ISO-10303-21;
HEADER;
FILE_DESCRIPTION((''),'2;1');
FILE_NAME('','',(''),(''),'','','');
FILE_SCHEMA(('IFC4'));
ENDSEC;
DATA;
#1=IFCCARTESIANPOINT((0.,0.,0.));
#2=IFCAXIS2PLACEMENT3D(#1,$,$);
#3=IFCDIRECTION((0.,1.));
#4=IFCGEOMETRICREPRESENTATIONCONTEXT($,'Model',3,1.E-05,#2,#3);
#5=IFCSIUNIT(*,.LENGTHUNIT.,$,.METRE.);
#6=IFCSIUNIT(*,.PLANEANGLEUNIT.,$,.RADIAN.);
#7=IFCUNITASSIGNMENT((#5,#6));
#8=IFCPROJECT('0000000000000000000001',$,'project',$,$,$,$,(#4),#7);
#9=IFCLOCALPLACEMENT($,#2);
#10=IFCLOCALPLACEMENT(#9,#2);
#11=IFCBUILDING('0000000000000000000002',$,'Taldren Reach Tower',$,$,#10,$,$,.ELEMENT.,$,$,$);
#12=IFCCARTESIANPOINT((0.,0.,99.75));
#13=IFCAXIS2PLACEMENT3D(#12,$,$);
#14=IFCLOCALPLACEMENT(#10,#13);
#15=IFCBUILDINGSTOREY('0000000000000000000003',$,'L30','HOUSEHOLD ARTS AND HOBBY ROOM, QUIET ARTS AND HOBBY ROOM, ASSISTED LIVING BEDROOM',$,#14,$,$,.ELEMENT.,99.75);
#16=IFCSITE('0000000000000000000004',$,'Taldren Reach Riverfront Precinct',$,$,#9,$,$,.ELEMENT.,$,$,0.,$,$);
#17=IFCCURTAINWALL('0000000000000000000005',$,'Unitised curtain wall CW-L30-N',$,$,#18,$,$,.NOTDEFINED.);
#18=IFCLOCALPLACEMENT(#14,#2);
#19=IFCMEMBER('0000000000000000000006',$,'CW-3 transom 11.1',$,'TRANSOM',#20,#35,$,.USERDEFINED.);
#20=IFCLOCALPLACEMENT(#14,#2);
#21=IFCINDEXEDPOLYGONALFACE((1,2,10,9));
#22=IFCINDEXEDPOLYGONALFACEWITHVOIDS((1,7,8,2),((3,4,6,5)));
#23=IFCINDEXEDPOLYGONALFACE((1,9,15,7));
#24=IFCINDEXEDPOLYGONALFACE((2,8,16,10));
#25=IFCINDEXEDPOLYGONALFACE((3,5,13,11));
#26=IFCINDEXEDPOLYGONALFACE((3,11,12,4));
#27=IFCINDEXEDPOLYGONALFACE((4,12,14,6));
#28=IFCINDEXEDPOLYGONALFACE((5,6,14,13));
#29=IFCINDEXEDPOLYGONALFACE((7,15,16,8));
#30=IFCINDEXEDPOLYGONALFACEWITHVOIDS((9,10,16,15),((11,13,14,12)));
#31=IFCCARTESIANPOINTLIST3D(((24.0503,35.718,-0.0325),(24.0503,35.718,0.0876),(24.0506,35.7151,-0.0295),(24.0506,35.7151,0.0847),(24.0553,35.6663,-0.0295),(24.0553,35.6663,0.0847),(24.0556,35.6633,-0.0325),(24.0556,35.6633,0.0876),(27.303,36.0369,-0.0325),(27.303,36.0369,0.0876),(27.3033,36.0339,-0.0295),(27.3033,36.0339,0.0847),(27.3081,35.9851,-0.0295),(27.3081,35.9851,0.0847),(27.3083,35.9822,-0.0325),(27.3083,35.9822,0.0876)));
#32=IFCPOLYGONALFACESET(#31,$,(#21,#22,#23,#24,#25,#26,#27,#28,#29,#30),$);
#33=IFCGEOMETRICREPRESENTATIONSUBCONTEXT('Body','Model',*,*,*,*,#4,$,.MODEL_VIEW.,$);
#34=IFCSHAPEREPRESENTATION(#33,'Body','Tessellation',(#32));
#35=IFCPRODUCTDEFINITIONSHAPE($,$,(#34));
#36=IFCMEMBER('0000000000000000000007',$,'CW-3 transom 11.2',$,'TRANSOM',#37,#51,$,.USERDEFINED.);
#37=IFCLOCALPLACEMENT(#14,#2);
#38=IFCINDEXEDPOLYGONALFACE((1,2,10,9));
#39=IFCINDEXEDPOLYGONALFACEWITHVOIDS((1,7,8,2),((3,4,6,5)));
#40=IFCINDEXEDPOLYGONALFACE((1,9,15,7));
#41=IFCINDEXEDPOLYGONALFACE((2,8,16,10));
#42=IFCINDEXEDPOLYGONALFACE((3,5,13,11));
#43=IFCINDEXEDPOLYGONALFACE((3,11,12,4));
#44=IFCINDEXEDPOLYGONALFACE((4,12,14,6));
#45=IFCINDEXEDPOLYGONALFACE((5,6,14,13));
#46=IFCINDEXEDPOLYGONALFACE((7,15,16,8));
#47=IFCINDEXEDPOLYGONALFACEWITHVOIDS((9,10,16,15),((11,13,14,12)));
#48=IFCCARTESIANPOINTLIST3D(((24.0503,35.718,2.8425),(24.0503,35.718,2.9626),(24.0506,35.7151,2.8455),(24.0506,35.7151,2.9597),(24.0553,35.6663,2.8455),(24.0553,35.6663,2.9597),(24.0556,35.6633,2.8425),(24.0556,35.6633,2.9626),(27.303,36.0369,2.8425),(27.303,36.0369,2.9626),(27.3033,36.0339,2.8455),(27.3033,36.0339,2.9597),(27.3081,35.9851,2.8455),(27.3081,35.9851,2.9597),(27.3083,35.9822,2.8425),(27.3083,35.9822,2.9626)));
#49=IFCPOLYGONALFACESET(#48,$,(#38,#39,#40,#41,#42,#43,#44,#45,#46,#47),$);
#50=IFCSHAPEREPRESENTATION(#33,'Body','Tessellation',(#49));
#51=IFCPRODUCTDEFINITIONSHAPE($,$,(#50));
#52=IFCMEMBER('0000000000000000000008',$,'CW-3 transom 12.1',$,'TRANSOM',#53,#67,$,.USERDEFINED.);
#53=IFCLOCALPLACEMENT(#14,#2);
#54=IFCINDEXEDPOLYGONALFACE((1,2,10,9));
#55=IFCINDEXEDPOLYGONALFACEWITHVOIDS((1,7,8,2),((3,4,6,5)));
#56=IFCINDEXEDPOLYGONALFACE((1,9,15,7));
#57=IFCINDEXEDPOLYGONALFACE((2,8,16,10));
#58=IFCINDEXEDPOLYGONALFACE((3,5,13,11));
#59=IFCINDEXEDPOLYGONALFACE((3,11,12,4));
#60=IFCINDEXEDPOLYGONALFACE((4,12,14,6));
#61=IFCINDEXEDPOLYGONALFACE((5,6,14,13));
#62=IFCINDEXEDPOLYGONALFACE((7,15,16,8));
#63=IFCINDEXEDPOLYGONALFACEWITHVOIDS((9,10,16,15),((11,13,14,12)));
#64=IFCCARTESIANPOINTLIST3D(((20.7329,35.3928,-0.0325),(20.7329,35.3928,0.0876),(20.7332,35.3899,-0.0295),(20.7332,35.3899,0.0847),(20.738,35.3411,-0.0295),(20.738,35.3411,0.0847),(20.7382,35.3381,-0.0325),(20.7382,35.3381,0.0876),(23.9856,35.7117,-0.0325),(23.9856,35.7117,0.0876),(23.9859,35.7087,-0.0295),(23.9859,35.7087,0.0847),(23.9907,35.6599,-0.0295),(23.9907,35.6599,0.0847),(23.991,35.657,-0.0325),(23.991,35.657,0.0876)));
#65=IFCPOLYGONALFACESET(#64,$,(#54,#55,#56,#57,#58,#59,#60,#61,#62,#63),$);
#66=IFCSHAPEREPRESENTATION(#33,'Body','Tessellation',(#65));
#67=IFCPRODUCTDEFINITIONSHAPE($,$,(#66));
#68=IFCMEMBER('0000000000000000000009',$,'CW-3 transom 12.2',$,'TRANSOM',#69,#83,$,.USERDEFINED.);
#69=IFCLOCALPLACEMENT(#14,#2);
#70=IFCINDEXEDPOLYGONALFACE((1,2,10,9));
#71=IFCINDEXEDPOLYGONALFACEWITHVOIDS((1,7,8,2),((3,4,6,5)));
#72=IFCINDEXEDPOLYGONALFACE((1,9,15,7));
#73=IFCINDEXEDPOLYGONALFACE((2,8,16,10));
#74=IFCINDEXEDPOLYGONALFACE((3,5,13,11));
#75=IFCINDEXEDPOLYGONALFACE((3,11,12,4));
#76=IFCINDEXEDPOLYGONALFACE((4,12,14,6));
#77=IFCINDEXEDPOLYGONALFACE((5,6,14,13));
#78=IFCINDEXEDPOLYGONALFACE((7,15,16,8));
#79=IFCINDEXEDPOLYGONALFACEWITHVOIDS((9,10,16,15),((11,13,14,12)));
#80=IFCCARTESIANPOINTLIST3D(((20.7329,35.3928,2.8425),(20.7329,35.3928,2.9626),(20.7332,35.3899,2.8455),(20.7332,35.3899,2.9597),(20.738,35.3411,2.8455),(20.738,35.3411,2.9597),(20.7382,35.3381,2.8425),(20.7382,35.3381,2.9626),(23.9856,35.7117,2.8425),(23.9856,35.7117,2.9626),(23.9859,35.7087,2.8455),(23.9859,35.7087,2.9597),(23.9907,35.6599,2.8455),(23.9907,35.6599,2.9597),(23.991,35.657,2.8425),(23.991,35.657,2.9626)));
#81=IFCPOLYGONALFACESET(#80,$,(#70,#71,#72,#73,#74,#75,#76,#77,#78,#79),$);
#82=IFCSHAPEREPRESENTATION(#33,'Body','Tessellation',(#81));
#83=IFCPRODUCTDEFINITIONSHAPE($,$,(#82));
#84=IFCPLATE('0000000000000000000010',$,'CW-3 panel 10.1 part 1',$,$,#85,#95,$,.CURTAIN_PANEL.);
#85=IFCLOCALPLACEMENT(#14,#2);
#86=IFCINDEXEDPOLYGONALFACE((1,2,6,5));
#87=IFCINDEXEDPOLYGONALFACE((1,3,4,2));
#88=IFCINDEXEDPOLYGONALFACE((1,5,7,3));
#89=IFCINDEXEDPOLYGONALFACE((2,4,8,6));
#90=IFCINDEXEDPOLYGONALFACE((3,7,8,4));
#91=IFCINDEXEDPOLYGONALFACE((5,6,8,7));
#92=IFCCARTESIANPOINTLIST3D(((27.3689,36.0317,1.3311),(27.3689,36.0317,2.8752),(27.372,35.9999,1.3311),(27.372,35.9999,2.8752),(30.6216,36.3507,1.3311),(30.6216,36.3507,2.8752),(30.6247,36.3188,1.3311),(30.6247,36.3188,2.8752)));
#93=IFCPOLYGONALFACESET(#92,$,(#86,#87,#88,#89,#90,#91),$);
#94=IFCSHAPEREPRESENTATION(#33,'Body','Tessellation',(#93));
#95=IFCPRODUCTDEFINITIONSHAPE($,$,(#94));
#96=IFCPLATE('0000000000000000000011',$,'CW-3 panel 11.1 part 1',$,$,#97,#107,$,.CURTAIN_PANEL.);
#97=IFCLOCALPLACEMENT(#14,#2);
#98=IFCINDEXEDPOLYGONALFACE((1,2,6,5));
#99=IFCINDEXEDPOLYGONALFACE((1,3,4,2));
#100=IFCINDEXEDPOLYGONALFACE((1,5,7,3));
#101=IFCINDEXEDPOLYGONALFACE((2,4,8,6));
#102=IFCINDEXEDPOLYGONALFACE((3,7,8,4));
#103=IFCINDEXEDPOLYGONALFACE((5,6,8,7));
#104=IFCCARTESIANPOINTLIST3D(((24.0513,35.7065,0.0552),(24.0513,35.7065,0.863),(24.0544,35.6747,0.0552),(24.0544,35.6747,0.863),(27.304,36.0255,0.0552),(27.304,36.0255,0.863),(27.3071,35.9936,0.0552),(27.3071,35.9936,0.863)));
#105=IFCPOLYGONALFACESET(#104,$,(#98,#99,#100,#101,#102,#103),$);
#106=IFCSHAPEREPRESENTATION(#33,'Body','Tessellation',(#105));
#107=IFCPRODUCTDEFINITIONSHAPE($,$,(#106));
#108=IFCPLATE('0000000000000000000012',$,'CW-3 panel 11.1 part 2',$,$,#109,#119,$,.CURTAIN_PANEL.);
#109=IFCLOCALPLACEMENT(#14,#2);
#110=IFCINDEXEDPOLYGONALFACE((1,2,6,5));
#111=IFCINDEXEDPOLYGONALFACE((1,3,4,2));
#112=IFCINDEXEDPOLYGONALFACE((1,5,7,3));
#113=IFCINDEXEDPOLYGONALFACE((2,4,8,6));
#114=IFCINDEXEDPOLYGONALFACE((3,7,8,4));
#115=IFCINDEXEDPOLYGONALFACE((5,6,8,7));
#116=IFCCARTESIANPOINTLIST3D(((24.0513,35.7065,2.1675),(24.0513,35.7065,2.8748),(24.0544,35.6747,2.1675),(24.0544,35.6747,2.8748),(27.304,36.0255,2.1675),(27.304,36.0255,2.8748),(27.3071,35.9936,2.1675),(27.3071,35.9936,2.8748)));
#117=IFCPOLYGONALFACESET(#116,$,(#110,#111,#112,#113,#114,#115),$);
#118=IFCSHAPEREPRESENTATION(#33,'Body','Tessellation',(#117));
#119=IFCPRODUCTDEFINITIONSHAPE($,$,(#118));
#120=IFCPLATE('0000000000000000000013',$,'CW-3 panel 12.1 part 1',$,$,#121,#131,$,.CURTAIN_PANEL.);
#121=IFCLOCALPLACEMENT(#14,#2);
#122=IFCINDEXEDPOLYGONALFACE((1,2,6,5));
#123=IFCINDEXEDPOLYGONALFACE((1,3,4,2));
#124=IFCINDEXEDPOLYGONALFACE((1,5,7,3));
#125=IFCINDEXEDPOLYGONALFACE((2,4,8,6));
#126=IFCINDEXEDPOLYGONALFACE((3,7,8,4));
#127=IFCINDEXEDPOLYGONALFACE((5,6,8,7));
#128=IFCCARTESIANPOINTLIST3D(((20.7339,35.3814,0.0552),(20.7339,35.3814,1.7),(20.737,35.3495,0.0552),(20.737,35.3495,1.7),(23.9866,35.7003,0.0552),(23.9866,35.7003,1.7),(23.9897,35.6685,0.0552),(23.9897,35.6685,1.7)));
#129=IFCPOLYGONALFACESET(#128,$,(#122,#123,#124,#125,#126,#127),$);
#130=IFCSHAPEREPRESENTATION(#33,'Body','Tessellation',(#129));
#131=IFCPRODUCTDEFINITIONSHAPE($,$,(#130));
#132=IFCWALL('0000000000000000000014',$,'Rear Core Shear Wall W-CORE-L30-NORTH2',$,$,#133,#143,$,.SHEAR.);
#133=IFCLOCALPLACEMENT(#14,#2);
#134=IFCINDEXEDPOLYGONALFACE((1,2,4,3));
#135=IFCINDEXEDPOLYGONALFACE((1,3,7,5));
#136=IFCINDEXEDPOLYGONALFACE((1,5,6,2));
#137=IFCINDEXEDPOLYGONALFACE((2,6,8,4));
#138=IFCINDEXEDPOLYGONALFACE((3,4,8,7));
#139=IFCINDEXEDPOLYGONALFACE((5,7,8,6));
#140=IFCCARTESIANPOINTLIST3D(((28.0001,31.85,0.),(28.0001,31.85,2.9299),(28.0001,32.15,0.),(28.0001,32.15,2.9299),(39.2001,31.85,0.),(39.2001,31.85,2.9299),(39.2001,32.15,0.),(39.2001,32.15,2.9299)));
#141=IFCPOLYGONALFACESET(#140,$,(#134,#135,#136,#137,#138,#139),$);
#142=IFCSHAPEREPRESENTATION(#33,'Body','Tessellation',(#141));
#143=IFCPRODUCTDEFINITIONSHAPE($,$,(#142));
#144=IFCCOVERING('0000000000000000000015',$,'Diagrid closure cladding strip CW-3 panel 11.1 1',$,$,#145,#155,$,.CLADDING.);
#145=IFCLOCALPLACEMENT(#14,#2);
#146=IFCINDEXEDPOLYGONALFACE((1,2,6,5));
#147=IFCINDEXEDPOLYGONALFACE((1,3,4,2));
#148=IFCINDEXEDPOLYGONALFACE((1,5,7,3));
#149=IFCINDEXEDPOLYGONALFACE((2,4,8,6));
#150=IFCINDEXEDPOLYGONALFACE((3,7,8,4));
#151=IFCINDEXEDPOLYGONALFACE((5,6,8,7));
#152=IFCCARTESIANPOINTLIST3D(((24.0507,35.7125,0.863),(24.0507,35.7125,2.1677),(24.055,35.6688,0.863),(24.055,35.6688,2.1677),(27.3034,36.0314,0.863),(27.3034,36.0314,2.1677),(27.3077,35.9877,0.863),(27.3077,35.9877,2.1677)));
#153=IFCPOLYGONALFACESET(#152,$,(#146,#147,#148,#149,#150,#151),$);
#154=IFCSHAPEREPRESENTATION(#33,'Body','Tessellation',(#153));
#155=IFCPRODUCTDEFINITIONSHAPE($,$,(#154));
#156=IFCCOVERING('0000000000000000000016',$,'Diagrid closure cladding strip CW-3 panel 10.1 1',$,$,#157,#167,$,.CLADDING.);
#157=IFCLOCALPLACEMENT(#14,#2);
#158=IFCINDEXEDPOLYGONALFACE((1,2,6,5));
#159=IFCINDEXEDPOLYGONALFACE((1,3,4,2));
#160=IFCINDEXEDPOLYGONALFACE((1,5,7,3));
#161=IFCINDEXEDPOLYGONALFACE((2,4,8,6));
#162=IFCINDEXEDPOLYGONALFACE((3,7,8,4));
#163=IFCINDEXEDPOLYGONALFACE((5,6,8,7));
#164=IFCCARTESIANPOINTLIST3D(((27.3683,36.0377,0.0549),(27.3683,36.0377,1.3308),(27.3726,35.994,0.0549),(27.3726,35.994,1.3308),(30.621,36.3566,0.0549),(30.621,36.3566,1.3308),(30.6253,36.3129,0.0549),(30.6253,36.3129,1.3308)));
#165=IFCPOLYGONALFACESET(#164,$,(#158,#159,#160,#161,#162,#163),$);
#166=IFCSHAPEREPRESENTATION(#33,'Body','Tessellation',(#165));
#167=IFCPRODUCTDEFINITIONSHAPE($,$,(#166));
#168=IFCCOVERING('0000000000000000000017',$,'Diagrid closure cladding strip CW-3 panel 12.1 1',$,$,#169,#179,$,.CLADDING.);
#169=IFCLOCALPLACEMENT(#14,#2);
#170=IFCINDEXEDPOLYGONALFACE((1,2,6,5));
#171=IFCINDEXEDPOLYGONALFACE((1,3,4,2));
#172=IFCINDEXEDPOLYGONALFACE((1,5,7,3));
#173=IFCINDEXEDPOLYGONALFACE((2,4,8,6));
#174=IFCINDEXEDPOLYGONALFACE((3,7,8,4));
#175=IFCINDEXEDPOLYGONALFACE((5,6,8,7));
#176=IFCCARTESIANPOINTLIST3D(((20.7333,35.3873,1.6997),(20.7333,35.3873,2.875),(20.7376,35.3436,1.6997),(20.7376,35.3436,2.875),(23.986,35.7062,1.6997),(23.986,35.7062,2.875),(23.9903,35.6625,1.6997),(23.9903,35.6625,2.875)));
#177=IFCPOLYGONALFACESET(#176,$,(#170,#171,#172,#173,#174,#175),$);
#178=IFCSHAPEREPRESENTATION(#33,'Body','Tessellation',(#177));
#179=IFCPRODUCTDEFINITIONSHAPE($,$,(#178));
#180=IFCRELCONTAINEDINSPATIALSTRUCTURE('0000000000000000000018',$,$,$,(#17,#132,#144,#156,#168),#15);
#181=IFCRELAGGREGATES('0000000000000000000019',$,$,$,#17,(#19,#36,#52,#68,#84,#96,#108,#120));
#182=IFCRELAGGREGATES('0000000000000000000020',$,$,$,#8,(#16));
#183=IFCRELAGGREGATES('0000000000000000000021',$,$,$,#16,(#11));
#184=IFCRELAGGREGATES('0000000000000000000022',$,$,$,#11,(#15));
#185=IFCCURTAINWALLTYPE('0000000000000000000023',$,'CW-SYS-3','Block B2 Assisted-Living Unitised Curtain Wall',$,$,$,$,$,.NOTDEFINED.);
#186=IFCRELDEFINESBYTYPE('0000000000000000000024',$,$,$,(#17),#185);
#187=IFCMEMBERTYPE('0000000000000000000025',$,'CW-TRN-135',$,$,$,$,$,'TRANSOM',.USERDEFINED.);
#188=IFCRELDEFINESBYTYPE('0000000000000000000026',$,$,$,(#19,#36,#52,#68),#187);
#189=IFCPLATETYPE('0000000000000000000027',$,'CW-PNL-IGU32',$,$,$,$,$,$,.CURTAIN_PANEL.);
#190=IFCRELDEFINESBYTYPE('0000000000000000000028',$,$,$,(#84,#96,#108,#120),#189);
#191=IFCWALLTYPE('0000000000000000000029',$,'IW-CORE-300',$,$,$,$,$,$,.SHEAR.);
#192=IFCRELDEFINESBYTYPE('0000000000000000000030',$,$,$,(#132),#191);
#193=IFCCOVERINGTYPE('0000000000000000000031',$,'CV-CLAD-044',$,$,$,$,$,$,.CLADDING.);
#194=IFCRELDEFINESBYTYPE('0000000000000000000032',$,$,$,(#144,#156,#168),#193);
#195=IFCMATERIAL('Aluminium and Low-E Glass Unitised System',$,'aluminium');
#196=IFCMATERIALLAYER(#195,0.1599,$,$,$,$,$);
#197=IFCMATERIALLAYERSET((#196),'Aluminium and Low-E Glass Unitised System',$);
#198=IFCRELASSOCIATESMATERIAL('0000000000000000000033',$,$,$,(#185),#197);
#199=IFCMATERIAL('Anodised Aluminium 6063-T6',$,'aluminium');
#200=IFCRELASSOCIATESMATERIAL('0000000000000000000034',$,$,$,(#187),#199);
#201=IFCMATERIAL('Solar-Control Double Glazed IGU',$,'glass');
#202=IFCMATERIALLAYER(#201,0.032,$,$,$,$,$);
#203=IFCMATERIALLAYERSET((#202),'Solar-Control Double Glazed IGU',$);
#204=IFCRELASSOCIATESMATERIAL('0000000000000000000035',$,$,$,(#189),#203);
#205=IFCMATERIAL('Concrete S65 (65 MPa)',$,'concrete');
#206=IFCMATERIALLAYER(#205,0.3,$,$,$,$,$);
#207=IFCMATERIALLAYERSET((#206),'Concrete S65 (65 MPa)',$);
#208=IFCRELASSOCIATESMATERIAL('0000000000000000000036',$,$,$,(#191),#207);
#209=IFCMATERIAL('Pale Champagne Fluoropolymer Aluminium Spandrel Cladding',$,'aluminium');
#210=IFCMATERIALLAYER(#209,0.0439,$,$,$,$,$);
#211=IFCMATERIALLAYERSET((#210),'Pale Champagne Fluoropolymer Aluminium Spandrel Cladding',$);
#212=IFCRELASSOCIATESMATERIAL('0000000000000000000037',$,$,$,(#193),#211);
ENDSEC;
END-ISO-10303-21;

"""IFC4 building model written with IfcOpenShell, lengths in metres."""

from ifc_helpers import new_model, si_unit, direction, frame, frame_2d, origin, origin_2d, place, context, subcontext, project, spatial, rectangle, hollow_rectangle, extrude, source, transform, mapped, material, layer, layer_set, material_profile, profile_set, type_object, element, aggregate, save


model = new_model("IFC4")

# Units and contexts
model_context = context("Model", 3, precision=1e-05, world=origin(), true_north=direction((0.0, 1.0)))
body_context = subcontext(model_context, "Body", "Model", "MODEL_VIEW")
ifc_project = project(units=[si_unit("LENGTHUNIT", "METRE"), si_unit("PLANEANGLEUNIT", "RADIAN")], contexts=[model_context])

# Site, building, storey
site_placement = place(None, origin())
site = spatial("IfcSite", under=ifc_project, at=site_placement, Name="Taldren Reach Riverfront Precinct", CompositionType="ELEMENT", RefElevation=0.0)
building_placement = place(site_placement, origin())
building = spatial("IfcBuilding", under=site, at=building_placement, Name="Taldren Reach Tower", CompositionType="ELEMENT")
storey_placement = place(building_placement, frame((0.0, 0.0, 99.75)))
storey = spatial("IfcBuildingStorey", under=building, at=storey_placement, Name="L30", Description="HOUSEHOLD ARTS AND HOBBY ROOM, QUIET ARTS AND HOBBY ROOM, ASSISTED LIVING BEDROOM", CompositionType="ELEMENT", Elevation=99.75)

# Curtain wall, members, plates
ifc_material_1 = material(Name="Aluminium and Low-E Glass Unitised System", Category="aluminium")
ifc_layer_1 = layer(ifc_material_1, 0.1599)
ifc_layer_set_1 = layer_set([ifc_layer_1], Name="Aluminium and Low-E Glass Unitised System")
curtain_wall_type = type_object("IfcCurtainWallType", Name="CW-SYS-3", Description="Block B2 Assisted-Living Unitised Curtain Wall", PredefinedType="NOTDEFINED", material=ifc_layer_set_1)
curtain_wall_placement = place(storey_placement, origin())
curtain_wall = element("IfcCurtainWall", 1, at=curtain_wall_placement, inside=storey, type_object=curtain_wall_type, Name="Unitised curtain wall CW-L30-N", PredefinedType="NOTDEFINED")
ifc_material_2 = material(Name="Anodised Aluminium 6063-T6", Category="aluminium")
ifc_material_profile_1 = material_profile(ifc_material_2, hollow_rectangle(XDim=0.0549, YDim=0.1201, WallThickness=0.0029, at=origin_2d()), Name="ALU-120x55x3RHS")
ifc_profile_set_1 = profile_set([ifc_material_profile_1], Name="Anodised Aluminium 6063-T6")
member_type_1 = type_object("IfcMemberType", Name="CW-TRN-135", ElementType="TRANSOM", PredefinedType="USERDEFINED", material=ifc_profile_set_1)
shared_shape_1 = source(origin(), body_context, "Body", "SweptSolid", [
    extrude(hollow_rectangle(XDim=0.0549, YDim=0.1201, WallThickness=0.0029, at=origin_2d()), origin(), (0.0, 0.0, 1.0), 3.2683),
])
member_1_placement = place(storey_placement, frame((27.3057, 36.0095, 0.0276), z_axis=(-0.99523, -0.097558, 0.0), x_axis=(0.097558, -0.99523, 0.0)))
member_1 = element("IfcMember", 2, at=member_1_placement, type_object=member_type_1, Name="CW-3 transom 11.1", ObjectType="TRANSOM", PredefinedType="USERDEFINED", context=body_context, shape_type="MappedRepresentation", body=[
    mapped(shared_shape_1, transform((0.0, 0.0, 0.0), scale=1.0)),
])
member_2_placement = place(storey_placement, frame((27.3057, 36.0095, 2.9026), z_axis=(-0.99523, -0.097558, 0.0), x_axis=(0.097558, -0.99523, 0.0)))
member_2 = element("IfcMember", 3, at=member_2_placement, type_object=member_type_1, Name="CW-3 transom 11.2", ObjectType="TRANSOM", PredefinedType="USERDEFINED", context=body_context, shape_type="MappedRepresentation", body=[
    mapped(shared_shape_1, transform((0.0, 0.0, 0.0), scale=1.0)),
])
member_3_placement = place(storey_placement, frame((23.9883, 35.6843, 0.0276), z_axis=(-0.99523, -0.097558, 0.0), x_axis=(0.097558, -0.99523, 0.0)))
member_3 = element("IfcMember", 4, at=member_3_placement, type_object=member_type_1, Name="CW-3 transom 12.1", ObjectType="TRANSOM", PredefinedType="USERDEFINED", context=body_context, shape_type="MappedRepresentation", body=[
    mapped(shared_shape_1, transform((0.0, 0.0, 0.0), scale=1.0)),
])
member_4_placement = place(storey_placement, frame((23.9883, 35.6843, 2.9026), z_axis=(-0.99523, -0.097558, 0.0), x_axis=(0.097558, -0.99523, 0.0)))
member_4 = element("IfcMember", 5, at=member_4_placement, type_object=member_type_1, Name="CW-3 transom 12.2", ObjectType="TRANSOM", PredefinedType="USERDEFINED", context=body_context, shape_type="MappedRepresentation", body=[
    mapped(shared_shape_1, transform((0.0, 0.0, 0.0), scale=1.0)),
])
ifc_material_3 = material(Name="Solar-Control Double Glazed IGU", Category="glass")
ifc_layer_2 = layer(ifc_material_3, 0.032)
ifc_layer_set_2 = layer_set([ifc_layer_2], Name="Solar-Control Double Glazed IGU")
plate_type = type_object("IfcPlateType", Name="CW-PNL-IGU32", PredefinedType="CURTAIN_PANEL", material=ifc_layer_set_2)
shared_shape_2 = source(origin(), body_context, "Body", "SweptSolid", [
    extrude(rectangle(XDim=3.2683, YDim=0.032, at=origin_2d()), origin(), (0.0, 0.0, 1.0), 1.5442),
])
plate_1_placement = place(storey_placement, frame((28.9968, 36.1753, 1.3311), z_axis=(0.0, 0.0, 1.0), x_axis=(-0.995227, -0.097583, 0.0)))
plate_1 = element("IfcPlate", 6, at=plate_1_placement, type_object=plate_type, Name="CW-3 panel 10.1 part 1", PredefinedType="CURTAIN_PANEL", context=body_context, shape_type="MappedRepresentation", body=[
    mapped(shared_shape_2, transform((0.0, 0.0, 0.0), scale=1.0)),
])
shared_shape_3 = source(origin(), body_context, "Body", "SweptSolid", [
    extrude(rectangle(XDim=3.2683, YDim=0.032, at=origin_2d()), origin(), (0.0, 0.0, 1.0), 0.8079),
])
plate_2_placement = place(storey_placement, frame((25.6792, 35.8501, 0.0552), z_axis=(0.0, 0.0, 1.0), x_axis=(-0.995227, -0.097583, 0.0)))
plate_2 = element("IfcPlate", 7, at=plate_2_placement, type_object=plate_type, Name="CW-3 panel 11.1 part 1", PredefinedType="CURTAIN_PANEL", context=body_context, shape_type="MappedRepresentation", body=[
    mapped(shared_shape_3, transform((0.0, 0.0, 0.0), scale=1.0)),
])
shared_shape_4 = source(origin(), body_context, "Body", "SweptSolid", [
    extrude(rectangle(XDim=3.2683, YDim=0.032, at=origin_2d()), origin(), (0.0, 0.0, 1.0), 0.7073),
])
plate_3_placement = place(storey_placement, frame((25.6792, 35.8501, 2.1675), z_axis=(0.0, 0.0, 1.0), x_axis=(-0.995227, -0.097583, 0.0)))
plate_3 = element("IfcPlate", 8, at=plate_3_placement, type_object=plate_type, Name="CW-3 panel 11.1 part 2", PredefinedType="CURTAIN_PANEL", context=body_context, shape_type="MappedRepresentation", body=[
    mapped(shared_shape_4, transform((0.0, 0.0, 0.0), scale=1.0)),
])
shared_shape_5 = source(origin(), body_context, "Body", "SweptSolid", [
    extrude(rectangle(XDim=3.2683, YDim=0.032, at=origin_2d()), origin(), (0.0, 0.0, 1.0), 1.6448),
])
plate_4_placement = place(storey_placement, frame((22.3618, 35.5249, 0.0552), z_axis=(0.0, 0.0, 1.0), x_axis=(-0.995227, -0.097583, 0.0)))
plate_4 = element("IfcPlate", 9, at=plate_4_placement, type_object=plate_type, Name="CW-3 panel 12.1 part 1", PredefinedType="CURTAIN_PANEL", context=body_context, shape_type="MappedRepresentation", body=[
    mapped(shared_shape_5, transform((0.0, 0.0, 0.0), scale=1.0)),
])
aggregate(curtain_wall, [member_1, member_2, member_3, member_4, plate_1, plate_2, plate_3, plate_4])

# Wall
ifc_material_4 = material(Name="Concrete S65 (65 MPa)", Category="concrete")
ifc_layer_3 = layer(ifc_material_4, 0.3)
ifc_layer_set_3 = layer_set([ifc_layer_3], Name="Concrete S65 (65 MPa)")
wall_type = type_object("IfcWallType", Name="IW-CORE-300", PredefinedType="SHEAR", material=ifc_layer_set_3)
shared_shape_6 = source(origin(), body_context, "Body", "SweptSolid", [
    extrude(rectangle(XDim=11.2, YDim=0.3, at=frame_2d((5.6001, 0.0))), origin(), (0.0, 0.0, 1.0), 2.9299),
])
wall_placement = place(storey_placement, frame((28.0, 32.0, 0.0), z_axis=(0.0, 0.0, 1.0), x_axis=(1.0, 0.0, 0.0)))
element("IfcWall", 10, at=wall_placement, inside=storey, type_object=wall_type, Name="Rear Core Shear Wall W-CORE-L30-NORTH2", PredefinedType="SHEAR", context=body_context, shape_type="MappedRepresentation", body=[
    mapped(shared_shape_6, transform((0.0, 0.0, 0.0), scale=1.0)),
])

# Coverings
ifc_material_5 = material(Name="Pale Champagne Fluoropolymer Aluminium Spandrel Cladding", Category="aluminium")
ifc_layer_4 = layer(ifc_material_5, 0.0439)
ifc_layer_set_4 = layer_set([ifc_layer_4], Name="Pale Champagne Fluoropolymer Aluminium Spandrel Cladding")
covering_type = type_object("IfcCoveringType", Name="CV-CLAD-044", PredefinedType="CLADDING", material=ifc_layer_set_4)
shared_shape_7 = source(origin(), body_context, "Body", "SweptSolid", [
    extrude(rectangle(XDim=3.2683, YDim=0.0439, at=origin_2d()), origin(), (0.0, 0.0, 1.0), 1.3047),
])
covering_1_placement = place(storey_placement, frame((25.6792, 35.8501, 0.863), z_axis=(0.0, 0.0, 1.0), x_axis=(-0.995227, -0.097583, 0.0)))
element("IfcCovering", 11, at=covering_1_placement, inside=storey, type_object=covering_type, Name="Diagrid closure cladding strip CW-3 panel 11.1 1", PredefinedType="CLADDING", context=body_context, shape_type="MappedRepresentation", body=[
    mapped(shared_shape_7, transform((0.0, 0.0, 0.0), scale=1.0)),
])
shared_shape_8 = source(origin(), body_context, "Body", "SweptSolid", [
    extrude(rectangle(XDim=3.2683, YDim=0.0439, at=origin_2d()), origin(), (0.0, 0.0, 1.0), 1.2759),
])
covering_2_placement = place(storey_placement, frame((28.9968, 36.1753, 0.0549), z_axis=(0.0, 0.0, 1.0), x_axis=(-0.995227, -0.097583, 0.0)))
element("IfcCovering", 12, at=covering_2_placement, inside=storey, type_object=covering_type, Name="Diagrid closure cladding strip CW-3 panel 10.1 1", PredefinedType="CLADDING", context=body_context, shape_type="MappedRepresentation", body=[
    mapped(shared_shape_8, transform((0.0, 0.0, 0.0), scale=1.0)),
])
shared_shape_9 = source(origin(), body_context, "Body", "SweptSolid", [
    extrude(rectangle(XDim=3.2683, YDim=0.0439, at=origin_2d()), origin(), (0.0, 0.0, 1.0), 1.1753),
])
covering_3_placement = place(storey_placement, frame((22.3618, 35.5249, 1.6997), z_axis=(0.0, 0.0, 1.0), x_axis=(-0.995227, -0.097583, 0.0)))
element("IfcCovering", 13, at=covering_3_placement, inside=storey, type_object=covering_type, Name="Diagrid closure cladding strip CW-3 panel 12.1 1", PredefinedType="CLADDING", context=body_context, shape_type="MappedRepresentation", body=[
    mapped(shared_shape_9, transform((0.0, 0.0, 0.0), scale=1.0)),
])

save(model, "model.ifc")
